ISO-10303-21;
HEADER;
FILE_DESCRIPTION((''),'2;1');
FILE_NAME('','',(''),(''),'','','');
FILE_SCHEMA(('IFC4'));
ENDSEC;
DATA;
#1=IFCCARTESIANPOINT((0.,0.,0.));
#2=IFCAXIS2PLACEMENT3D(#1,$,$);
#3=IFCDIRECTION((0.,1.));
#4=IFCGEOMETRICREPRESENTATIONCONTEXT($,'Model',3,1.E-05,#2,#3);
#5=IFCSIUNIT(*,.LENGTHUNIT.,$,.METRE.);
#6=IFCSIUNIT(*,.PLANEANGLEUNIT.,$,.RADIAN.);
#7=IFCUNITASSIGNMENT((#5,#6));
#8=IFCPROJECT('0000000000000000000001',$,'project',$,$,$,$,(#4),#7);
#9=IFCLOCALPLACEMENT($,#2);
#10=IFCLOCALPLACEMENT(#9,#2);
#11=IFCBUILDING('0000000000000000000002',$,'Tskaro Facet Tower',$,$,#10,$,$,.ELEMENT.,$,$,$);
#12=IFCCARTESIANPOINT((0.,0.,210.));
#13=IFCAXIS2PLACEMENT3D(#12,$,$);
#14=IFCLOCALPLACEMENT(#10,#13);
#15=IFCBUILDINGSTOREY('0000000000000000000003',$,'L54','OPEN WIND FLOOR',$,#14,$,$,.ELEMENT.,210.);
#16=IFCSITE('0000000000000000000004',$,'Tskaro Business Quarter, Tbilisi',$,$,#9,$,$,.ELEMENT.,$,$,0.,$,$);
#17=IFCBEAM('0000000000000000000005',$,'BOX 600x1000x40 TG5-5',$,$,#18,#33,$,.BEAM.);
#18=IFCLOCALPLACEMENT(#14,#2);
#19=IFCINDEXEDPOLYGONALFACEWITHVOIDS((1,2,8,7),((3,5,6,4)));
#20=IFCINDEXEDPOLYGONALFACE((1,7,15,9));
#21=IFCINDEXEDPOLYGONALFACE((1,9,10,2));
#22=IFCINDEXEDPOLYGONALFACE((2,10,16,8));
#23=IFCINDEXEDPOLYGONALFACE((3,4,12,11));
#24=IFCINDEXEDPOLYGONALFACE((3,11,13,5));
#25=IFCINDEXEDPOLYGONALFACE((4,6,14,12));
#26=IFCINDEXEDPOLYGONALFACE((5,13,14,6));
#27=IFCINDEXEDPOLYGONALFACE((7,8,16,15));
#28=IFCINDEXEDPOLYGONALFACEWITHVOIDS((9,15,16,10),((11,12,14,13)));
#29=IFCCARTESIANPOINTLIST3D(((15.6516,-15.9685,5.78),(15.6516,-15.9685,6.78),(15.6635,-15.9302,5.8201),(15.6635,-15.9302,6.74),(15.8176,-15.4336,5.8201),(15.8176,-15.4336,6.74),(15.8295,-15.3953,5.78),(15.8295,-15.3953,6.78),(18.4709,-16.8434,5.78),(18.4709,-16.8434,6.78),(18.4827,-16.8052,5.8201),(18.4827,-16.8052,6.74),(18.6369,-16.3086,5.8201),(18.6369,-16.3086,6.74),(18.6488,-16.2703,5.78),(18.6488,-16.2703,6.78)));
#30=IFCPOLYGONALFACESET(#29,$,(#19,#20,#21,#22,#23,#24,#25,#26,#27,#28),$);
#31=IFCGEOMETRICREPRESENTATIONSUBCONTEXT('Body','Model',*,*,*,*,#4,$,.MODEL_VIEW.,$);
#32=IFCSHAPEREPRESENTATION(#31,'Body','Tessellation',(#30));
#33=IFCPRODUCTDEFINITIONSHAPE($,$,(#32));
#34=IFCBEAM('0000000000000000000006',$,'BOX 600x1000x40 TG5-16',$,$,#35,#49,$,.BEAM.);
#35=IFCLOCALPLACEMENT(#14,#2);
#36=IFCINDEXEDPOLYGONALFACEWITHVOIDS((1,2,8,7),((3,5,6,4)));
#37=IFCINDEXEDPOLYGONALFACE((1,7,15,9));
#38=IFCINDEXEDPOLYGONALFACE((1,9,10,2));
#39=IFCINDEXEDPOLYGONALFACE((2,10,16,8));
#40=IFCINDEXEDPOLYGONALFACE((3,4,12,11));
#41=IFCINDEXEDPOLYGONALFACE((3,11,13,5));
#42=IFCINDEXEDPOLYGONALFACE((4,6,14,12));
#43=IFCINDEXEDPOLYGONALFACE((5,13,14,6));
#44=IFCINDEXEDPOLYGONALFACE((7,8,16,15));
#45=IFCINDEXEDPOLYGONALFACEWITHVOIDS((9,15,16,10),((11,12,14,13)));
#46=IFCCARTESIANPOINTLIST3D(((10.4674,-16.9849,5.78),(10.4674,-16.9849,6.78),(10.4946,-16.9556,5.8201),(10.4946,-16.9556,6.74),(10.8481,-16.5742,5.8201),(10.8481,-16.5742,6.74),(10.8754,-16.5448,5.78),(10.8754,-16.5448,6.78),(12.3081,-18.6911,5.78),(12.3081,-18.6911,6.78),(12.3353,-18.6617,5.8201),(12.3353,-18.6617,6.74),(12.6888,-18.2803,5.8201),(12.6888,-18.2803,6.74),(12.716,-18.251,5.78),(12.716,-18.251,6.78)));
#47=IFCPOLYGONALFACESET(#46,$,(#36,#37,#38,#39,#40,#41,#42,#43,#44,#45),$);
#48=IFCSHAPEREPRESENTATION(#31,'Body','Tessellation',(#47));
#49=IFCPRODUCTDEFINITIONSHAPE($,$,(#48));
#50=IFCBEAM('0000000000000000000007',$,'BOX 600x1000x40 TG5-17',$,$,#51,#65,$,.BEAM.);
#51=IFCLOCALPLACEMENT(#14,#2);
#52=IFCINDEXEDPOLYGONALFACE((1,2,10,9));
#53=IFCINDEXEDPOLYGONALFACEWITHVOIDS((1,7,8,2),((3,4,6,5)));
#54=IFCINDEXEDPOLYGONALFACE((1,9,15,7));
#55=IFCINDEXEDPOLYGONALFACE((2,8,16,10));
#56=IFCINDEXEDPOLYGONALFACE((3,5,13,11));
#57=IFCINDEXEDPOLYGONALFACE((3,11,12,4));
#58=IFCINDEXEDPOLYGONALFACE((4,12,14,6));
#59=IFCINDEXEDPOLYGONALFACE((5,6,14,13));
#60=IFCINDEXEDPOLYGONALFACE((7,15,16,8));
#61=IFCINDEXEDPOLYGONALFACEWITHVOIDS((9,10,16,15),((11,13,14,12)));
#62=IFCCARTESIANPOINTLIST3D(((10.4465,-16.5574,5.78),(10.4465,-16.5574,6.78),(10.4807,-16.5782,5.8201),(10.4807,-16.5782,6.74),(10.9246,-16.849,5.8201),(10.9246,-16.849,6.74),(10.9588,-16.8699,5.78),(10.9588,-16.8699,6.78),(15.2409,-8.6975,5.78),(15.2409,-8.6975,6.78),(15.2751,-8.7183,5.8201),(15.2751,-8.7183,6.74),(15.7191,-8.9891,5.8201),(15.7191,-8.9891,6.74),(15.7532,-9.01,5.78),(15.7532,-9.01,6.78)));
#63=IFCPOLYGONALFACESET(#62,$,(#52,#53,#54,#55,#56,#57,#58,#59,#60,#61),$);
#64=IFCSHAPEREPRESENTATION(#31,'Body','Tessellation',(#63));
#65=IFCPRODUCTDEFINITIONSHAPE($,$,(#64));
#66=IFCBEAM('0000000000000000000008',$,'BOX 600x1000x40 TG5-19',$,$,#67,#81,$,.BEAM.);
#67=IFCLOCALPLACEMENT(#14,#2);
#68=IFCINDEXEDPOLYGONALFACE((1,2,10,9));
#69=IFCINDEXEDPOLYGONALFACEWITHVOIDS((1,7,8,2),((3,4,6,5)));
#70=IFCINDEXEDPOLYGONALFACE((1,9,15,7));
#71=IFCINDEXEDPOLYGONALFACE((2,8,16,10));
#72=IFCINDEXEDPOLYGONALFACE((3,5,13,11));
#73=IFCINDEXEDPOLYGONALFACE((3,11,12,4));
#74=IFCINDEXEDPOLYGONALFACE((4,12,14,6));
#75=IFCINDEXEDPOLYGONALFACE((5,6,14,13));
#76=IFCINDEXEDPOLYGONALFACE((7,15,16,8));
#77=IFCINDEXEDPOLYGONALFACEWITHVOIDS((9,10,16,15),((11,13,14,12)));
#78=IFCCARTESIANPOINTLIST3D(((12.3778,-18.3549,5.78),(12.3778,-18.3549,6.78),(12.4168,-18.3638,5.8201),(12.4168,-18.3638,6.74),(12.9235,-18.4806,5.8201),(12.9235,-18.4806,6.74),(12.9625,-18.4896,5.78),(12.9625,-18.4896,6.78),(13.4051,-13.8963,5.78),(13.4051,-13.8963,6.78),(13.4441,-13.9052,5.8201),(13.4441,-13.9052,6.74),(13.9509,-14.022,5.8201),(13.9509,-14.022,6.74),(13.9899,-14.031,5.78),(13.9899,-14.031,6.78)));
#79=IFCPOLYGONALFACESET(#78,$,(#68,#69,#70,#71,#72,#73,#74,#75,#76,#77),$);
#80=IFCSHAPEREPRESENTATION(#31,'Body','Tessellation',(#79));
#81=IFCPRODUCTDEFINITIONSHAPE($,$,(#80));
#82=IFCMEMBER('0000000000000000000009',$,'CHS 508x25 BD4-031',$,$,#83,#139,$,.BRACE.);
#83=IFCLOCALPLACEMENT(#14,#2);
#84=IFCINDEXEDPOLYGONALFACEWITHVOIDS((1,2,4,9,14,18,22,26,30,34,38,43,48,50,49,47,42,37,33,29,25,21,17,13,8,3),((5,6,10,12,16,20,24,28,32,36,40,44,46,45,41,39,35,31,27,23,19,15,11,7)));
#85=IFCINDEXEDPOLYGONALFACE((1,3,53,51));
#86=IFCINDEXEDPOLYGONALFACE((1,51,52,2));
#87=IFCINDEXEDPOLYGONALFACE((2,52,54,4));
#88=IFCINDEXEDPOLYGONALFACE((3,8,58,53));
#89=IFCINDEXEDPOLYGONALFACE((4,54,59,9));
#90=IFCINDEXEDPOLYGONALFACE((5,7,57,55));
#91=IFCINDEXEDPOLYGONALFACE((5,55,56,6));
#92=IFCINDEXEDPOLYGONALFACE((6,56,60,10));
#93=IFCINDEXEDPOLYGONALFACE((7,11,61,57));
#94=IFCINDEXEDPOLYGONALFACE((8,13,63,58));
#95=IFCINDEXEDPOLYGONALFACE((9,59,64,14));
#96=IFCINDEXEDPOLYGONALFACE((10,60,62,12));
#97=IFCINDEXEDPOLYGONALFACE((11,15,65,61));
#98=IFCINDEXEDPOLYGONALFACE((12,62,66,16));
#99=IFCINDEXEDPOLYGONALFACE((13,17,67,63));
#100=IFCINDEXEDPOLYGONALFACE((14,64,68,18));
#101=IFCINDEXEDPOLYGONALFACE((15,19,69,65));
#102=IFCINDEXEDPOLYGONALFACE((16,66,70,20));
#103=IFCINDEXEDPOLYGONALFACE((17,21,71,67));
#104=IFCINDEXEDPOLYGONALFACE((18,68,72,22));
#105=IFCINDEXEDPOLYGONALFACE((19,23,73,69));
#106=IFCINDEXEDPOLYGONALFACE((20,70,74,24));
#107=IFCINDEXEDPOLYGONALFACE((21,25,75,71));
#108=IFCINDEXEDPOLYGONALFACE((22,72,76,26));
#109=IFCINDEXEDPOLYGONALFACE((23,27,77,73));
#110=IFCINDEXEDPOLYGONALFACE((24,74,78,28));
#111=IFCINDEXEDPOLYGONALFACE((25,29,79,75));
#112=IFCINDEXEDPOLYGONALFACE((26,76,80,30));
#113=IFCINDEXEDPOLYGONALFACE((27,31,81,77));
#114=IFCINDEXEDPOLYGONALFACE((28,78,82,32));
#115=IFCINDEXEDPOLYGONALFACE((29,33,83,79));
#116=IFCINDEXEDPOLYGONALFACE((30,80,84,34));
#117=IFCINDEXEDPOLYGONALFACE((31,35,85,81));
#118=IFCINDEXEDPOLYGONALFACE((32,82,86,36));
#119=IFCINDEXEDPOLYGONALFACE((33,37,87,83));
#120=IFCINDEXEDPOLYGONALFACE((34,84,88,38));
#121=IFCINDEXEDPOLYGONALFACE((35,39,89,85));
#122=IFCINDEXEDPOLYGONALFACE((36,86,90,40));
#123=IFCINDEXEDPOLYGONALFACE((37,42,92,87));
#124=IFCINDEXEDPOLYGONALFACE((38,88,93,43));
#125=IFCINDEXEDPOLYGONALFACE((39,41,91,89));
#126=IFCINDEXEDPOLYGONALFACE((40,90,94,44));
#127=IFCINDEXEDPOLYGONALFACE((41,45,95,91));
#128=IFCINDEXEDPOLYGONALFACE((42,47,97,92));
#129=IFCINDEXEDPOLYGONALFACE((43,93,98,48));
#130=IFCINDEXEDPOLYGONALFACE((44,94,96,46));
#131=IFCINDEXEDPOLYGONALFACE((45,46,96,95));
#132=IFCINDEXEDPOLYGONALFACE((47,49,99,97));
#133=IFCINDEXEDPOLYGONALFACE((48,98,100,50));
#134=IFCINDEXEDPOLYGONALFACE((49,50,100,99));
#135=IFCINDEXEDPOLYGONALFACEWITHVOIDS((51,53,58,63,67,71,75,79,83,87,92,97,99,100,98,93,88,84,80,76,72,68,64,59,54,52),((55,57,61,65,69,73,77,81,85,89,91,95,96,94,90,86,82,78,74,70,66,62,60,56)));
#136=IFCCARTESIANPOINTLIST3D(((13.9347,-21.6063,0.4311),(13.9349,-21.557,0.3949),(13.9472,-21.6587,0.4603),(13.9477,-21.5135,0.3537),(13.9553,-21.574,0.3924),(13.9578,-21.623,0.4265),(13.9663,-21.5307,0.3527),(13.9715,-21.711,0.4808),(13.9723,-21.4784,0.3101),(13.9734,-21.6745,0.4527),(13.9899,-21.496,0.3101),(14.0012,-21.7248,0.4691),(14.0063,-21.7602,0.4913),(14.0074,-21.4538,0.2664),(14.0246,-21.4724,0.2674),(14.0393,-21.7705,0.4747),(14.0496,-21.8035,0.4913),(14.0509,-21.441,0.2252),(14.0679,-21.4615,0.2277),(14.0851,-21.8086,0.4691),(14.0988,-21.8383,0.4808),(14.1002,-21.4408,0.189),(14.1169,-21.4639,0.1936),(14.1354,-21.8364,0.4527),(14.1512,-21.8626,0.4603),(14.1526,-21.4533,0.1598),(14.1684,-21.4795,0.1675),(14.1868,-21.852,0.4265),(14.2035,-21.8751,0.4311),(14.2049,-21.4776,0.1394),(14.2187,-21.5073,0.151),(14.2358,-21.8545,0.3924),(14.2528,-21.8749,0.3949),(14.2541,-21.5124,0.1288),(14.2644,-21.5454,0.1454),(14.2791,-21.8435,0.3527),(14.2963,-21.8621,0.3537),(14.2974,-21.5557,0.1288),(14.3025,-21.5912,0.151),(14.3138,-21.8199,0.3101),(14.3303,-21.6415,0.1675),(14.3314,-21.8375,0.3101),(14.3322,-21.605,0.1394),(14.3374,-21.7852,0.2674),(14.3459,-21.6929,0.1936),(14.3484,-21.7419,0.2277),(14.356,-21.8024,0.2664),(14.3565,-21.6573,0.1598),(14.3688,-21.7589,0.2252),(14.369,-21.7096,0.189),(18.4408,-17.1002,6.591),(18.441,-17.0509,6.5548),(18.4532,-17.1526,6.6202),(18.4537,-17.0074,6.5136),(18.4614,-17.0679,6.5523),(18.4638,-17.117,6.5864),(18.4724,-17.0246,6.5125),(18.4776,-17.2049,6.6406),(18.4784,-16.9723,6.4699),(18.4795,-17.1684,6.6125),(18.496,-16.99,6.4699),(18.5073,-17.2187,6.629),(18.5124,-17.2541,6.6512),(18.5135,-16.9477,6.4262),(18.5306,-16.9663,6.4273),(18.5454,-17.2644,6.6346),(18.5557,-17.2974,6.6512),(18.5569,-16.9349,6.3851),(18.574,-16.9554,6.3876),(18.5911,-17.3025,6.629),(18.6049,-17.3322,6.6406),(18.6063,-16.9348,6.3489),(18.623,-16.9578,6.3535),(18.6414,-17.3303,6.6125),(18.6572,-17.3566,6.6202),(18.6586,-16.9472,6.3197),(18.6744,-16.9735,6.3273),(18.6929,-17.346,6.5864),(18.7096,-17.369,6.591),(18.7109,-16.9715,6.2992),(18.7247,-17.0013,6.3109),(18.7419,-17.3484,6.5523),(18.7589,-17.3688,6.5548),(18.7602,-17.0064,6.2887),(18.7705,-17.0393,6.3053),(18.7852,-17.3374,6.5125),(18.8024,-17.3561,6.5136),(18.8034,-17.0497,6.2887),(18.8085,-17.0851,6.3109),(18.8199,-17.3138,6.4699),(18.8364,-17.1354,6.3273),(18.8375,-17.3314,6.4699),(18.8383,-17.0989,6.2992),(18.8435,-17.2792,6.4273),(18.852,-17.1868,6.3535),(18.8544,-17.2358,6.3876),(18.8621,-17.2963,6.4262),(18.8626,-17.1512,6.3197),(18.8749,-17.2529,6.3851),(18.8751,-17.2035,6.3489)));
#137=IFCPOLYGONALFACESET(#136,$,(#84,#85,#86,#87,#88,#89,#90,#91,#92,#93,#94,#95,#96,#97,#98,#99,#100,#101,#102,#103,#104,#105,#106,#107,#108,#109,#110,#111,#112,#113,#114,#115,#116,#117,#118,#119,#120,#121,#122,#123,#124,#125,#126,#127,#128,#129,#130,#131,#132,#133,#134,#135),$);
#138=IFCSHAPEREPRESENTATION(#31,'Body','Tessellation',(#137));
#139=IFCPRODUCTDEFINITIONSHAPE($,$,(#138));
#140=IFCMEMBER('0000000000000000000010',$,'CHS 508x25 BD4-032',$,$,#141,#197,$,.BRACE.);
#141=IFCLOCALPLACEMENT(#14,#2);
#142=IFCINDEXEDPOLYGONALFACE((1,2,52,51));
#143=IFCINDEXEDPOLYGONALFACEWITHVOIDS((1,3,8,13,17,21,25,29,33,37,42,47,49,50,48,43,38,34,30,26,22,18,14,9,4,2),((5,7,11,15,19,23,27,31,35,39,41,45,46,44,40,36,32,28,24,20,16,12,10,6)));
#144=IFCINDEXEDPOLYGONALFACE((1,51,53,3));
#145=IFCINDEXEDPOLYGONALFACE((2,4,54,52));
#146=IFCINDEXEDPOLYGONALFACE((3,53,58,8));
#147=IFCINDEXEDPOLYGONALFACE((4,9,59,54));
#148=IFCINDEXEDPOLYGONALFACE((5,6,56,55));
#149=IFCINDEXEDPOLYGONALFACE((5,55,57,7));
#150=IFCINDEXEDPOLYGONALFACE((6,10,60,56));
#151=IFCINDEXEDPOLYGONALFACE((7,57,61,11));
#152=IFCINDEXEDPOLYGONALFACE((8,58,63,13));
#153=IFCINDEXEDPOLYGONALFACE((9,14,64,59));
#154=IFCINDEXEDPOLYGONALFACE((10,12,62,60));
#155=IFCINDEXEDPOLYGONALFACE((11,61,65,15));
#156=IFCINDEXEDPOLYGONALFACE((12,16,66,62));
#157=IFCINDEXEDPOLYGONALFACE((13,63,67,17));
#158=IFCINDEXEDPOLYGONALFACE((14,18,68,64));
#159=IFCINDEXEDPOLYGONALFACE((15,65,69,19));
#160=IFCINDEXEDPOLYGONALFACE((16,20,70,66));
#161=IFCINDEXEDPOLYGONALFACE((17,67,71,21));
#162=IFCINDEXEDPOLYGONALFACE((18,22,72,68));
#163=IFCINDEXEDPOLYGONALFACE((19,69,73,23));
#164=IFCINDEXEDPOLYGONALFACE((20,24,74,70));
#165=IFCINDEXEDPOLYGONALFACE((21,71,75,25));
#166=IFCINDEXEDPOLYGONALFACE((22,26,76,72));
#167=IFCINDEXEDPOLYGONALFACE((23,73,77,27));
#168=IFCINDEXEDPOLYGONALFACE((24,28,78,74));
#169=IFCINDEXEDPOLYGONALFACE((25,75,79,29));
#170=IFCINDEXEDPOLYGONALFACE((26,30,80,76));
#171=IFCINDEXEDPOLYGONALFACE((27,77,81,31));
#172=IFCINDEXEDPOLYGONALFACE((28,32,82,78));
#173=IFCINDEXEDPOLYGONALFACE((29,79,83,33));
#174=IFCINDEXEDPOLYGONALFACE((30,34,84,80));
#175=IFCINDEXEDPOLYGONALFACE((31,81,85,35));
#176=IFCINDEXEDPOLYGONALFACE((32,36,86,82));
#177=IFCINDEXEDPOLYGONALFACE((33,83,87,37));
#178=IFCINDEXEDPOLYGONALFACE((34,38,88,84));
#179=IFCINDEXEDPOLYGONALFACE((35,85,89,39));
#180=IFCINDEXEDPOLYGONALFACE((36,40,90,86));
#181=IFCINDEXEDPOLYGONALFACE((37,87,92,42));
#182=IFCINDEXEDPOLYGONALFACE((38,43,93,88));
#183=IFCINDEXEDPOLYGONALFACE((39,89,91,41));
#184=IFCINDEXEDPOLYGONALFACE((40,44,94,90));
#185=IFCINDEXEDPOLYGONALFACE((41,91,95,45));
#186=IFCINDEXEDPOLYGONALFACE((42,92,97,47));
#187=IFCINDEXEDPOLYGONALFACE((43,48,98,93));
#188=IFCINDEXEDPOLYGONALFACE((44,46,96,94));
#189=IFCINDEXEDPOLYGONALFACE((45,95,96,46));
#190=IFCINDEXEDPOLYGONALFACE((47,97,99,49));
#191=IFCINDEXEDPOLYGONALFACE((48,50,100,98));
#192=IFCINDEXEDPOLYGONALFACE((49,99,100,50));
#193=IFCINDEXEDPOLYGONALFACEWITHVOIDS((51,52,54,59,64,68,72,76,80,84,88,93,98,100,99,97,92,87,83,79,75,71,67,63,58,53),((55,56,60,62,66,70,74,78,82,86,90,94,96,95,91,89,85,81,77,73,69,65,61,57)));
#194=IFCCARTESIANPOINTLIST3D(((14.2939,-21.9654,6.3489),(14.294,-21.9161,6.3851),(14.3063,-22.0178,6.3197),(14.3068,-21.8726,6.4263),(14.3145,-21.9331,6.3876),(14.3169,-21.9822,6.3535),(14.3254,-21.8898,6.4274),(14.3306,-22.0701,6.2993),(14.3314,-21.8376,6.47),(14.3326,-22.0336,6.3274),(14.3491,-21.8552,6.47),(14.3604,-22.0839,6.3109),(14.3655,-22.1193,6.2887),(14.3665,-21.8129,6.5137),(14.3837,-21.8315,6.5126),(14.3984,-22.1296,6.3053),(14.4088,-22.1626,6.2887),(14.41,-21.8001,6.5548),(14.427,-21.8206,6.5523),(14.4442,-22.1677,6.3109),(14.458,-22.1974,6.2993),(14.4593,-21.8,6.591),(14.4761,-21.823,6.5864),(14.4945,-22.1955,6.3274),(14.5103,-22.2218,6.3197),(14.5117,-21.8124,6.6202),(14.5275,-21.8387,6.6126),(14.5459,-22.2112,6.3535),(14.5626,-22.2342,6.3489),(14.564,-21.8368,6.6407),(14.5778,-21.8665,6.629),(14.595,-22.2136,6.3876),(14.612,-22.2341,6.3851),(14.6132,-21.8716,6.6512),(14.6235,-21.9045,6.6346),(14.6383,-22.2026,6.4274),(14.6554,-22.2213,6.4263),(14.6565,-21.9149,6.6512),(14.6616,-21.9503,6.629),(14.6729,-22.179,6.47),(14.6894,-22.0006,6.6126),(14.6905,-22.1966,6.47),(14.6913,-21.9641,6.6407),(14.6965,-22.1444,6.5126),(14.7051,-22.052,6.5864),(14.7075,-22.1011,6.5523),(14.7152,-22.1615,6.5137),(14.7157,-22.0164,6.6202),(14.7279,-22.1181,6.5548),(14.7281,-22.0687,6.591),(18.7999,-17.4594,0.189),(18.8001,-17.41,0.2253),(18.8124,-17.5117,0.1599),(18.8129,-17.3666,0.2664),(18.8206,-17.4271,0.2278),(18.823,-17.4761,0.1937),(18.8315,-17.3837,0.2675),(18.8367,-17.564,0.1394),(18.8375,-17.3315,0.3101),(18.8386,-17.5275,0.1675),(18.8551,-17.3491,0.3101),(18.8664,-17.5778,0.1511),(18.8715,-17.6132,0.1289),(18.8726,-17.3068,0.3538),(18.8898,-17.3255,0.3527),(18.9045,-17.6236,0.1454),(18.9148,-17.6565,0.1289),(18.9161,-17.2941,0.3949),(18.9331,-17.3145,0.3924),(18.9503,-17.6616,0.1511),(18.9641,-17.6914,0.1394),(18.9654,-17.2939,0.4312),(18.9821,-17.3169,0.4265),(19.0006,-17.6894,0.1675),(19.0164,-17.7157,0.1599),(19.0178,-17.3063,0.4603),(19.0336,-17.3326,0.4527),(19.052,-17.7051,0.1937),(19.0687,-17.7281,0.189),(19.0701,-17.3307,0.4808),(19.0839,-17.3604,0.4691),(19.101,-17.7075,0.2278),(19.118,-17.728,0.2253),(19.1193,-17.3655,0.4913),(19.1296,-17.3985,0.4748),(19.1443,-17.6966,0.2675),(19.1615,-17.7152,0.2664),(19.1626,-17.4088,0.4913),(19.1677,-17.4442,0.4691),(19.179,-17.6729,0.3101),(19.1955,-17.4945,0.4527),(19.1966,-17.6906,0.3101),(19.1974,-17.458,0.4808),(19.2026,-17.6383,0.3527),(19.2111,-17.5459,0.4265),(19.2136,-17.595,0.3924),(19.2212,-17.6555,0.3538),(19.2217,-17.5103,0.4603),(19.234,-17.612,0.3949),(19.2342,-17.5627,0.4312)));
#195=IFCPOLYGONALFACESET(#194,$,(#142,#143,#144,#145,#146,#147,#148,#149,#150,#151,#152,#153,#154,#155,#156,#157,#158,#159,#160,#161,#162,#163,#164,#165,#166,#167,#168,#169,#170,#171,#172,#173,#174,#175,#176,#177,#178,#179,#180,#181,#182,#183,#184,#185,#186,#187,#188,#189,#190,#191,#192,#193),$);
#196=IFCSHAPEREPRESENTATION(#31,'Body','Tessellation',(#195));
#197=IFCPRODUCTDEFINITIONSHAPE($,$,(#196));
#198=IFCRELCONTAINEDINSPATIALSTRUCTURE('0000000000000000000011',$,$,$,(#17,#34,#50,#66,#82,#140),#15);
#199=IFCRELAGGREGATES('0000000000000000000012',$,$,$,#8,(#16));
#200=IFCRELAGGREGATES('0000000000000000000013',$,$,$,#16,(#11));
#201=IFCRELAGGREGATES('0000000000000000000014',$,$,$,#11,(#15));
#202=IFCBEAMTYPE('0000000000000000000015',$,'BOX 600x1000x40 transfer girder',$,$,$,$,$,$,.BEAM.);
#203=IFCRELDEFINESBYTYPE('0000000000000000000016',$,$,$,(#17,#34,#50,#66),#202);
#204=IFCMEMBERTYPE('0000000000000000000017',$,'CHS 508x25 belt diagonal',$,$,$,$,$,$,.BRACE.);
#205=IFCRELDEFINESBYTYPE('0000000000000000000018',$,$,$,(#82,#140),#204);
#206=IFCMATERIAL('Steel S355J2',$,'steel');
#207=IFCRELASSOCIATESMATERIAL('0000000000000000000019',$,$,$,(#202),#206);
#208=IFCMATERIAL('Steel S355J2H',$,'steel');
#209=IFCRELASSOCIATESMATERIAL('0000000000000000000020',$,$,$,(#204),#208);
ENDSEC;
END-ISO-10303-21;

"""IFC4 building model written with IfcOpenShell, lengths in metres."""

from ifc_helpers import new_model, si_unit, direction, frame, origin, origin_2d, place, context, subcontext, project, spatial, hollow_rectangle, hollow_circle, extrude, material, material_profile, profile_set, type_object, element, save


model = new_model("IFC4")

# Units and contexts
model_context = context("Model", 3, precision=1e-05, world=origin(), true_north=direction((0.0, 1.0)))
body_context = subcontext(model_context, "Body", "Model", "MODEL_VIEW")
ifc_project = project(units=[si_unit("LENGTHUNIT", "METRE"), si_unit("PLANEANGLEUNIT", "RADIAN")], contexts=[model_context])

# Site, building, storey
site_placement = place(None, origin())
site = spatial("IfcSite", under=ifc_project, at=site_placement, Name="Tskaro Business Quarter, Tbilisi", CompositionType="ELEMENT", RefElevation=0.0)
building_placement = place(site_placement, origin())
building = spatial("IfcBuilding", under=site, at=building_placement, Name="Tskaro Facet Tower", CompositionType="ELEMENT")
storey_placement = place(building_placement, frame((0.0, 0.0, 210.0)))
storey = spatial("IfcBuildingStorey", under=building, at=storey_placement, Name="L54", Description="OPEN WIND FLOOR", CompositionType="ELEMENT", Elevation=210.0)

# Shared definitions
ifc_material_1 = material(Name="Steel S355J2H", Category="steel")

# Beams
ifc_material_2 = material(Name="Steel S355J2", Category="steel")
ifc_material_profile_1 = material_profile(ifc_material_2, hollow_rectangle(XDim=0.6001, YDim=1.0, WallThickness=0.04, at=origin_2d()), Name="BOX 600x1000x40")
ifc_profile_set_1 = profile_set([ifc_material_profile_1], Name="Steel S355J2")
beam_type_1 = type_object("IfcBeamType", Name="BOX 600x1000x40 transfer girder", PredefinedType="BEAM", material=ifc_profile_set_1)
for number, where, z_axis, x_axis, name in (
    (1, (18.5598, -16.5569, 6.28), (-0.955061, 0.29641, 0.0), (-0.29641, -0.955061, 0.0), "BOX 600x1000x40 TG5-5"),
):
    element("IfcBeam", number, at=place(storey_placement, frame(where, z_axis=z_axis, x_axis=x_axis)), inside=storey, type_object=beam_type_1, Name=name, PredefinedType="BEAM", context=body_context, shape_type="SweptSolid", body=[
        extrude(hollow_rectangle(XDim=0.6001, YDim=1.0, WallThickness=0.04, at=origin_2d()), origin(), (0.0, 0.0, 1.0), 2.9519),
    ])
beam_1_placement = place(storey_placement, frame((10.6714, -16.7649, 6.28), z_axis=(0.7334, -0.679798, 0.0), x_axis=(0.679798, 0.7334, 0.0)))
element("IfcBeam", 2, at=beam_1_placement, inside=storey, type_object=beam_type_1, Name="BOX 600x1000x40 TG5-16", PredefinedType="BEAM", context=body_context, shape_type="SweptSolid", body=[
    extrude(hollow_rectangle(XDim=0.6001, YDim=1.0, WallThickness=0.04, at=origin_2d()), origin(), (0.0, 0.0, 1.0), 2.5098),
])
beam_2_placement = place(storey_placement, frame((10.7026, -16.7136, 6.28), z_axis=(0.520753, 0.853708, 0.0), x_axis=(-0.853708, 0.520753, 0.0)))
element("IfcBeam", 3, at=beam_2_placement, inside=storey, type_object=beam_type_1, Name="BOX 600x1000x40 TG5-17", PredefinedType="BEAM", context=body_context, shape_type="SweptSolid", body=[
    extrude(hollow_rectangle(XDim=0.6001, YDim=1.0, WallThickness=0.04, at=origin_2d()), origin(), (0.0, 0.0, 1.0), 9.2068),
])
beam_3_placement = place(storey_placement, frame((13.6975, -13.9636, 6.28), z_axis=(-0.22454, -0.974465, 0.0), x_axis=(0.974465, -0.22454, 0.0)))
element("IfcBeam", 4, at=beam_3_placement, inside=storey, type_object=beam_type_1, Name="BOX 600x1000x40 TG5-19", PredefinedType="BEAM", context=body_context, shape_type="SweptSolid", body=[
    extrude(hollow_rectangle(XDim=0.6001, YDim=1.0, WallThickness=0.04, at=origin_2d()), origin(), (0.0, 0.0, 1.0), 4.5754),
])

# Members
ifc_material_profile_2 = material_profile(ifc_material_1, hollow_circle(Radius=0.2539, WallThickness=0.0249, at=origin_2d()), Name="CHS 508x25")
ifc_profile_set_2 = profile_set([ifc_material_profile_2], Name="Steel S355J2H")
member_type = type_object("IfcMemberType", Name="CHS 508x25 belt diagonal", PredefinedType="BRACE", material=ifc_profile_set_2)
for number, where, z_axis, x_axis, name in (
    (5, (14.1519, -21.658, 0.3101), (0.508412, 0.508412, 0.695007), (-0.707107, 0.707107, 0.0), "CHS 508x25 BD4-031"),
    (6, (14.511, -22.0171, 6.47), (0.508412, 0.508412, -0.695007), (-0.707107, 0.707107, 0.0), "CHS 508x25 BD4-032"),
):
    element("IfcMember", number, at=place(storey_placement, frame(where, z_axis=z_axis, x_axis=x_axis)), inside=storey, type_object=member_type, Name=name, PredefinedType="BRACE", context=body_context, shape_type="SweptSolid", body=[
        extrude(hollow_circle(Radius=0.2539, WallThickness=0.0249, at=origin_2d()), origin(), (0.0, 0.0, 1.0), 8.863),
    ])

save(model, "model.ifc")
